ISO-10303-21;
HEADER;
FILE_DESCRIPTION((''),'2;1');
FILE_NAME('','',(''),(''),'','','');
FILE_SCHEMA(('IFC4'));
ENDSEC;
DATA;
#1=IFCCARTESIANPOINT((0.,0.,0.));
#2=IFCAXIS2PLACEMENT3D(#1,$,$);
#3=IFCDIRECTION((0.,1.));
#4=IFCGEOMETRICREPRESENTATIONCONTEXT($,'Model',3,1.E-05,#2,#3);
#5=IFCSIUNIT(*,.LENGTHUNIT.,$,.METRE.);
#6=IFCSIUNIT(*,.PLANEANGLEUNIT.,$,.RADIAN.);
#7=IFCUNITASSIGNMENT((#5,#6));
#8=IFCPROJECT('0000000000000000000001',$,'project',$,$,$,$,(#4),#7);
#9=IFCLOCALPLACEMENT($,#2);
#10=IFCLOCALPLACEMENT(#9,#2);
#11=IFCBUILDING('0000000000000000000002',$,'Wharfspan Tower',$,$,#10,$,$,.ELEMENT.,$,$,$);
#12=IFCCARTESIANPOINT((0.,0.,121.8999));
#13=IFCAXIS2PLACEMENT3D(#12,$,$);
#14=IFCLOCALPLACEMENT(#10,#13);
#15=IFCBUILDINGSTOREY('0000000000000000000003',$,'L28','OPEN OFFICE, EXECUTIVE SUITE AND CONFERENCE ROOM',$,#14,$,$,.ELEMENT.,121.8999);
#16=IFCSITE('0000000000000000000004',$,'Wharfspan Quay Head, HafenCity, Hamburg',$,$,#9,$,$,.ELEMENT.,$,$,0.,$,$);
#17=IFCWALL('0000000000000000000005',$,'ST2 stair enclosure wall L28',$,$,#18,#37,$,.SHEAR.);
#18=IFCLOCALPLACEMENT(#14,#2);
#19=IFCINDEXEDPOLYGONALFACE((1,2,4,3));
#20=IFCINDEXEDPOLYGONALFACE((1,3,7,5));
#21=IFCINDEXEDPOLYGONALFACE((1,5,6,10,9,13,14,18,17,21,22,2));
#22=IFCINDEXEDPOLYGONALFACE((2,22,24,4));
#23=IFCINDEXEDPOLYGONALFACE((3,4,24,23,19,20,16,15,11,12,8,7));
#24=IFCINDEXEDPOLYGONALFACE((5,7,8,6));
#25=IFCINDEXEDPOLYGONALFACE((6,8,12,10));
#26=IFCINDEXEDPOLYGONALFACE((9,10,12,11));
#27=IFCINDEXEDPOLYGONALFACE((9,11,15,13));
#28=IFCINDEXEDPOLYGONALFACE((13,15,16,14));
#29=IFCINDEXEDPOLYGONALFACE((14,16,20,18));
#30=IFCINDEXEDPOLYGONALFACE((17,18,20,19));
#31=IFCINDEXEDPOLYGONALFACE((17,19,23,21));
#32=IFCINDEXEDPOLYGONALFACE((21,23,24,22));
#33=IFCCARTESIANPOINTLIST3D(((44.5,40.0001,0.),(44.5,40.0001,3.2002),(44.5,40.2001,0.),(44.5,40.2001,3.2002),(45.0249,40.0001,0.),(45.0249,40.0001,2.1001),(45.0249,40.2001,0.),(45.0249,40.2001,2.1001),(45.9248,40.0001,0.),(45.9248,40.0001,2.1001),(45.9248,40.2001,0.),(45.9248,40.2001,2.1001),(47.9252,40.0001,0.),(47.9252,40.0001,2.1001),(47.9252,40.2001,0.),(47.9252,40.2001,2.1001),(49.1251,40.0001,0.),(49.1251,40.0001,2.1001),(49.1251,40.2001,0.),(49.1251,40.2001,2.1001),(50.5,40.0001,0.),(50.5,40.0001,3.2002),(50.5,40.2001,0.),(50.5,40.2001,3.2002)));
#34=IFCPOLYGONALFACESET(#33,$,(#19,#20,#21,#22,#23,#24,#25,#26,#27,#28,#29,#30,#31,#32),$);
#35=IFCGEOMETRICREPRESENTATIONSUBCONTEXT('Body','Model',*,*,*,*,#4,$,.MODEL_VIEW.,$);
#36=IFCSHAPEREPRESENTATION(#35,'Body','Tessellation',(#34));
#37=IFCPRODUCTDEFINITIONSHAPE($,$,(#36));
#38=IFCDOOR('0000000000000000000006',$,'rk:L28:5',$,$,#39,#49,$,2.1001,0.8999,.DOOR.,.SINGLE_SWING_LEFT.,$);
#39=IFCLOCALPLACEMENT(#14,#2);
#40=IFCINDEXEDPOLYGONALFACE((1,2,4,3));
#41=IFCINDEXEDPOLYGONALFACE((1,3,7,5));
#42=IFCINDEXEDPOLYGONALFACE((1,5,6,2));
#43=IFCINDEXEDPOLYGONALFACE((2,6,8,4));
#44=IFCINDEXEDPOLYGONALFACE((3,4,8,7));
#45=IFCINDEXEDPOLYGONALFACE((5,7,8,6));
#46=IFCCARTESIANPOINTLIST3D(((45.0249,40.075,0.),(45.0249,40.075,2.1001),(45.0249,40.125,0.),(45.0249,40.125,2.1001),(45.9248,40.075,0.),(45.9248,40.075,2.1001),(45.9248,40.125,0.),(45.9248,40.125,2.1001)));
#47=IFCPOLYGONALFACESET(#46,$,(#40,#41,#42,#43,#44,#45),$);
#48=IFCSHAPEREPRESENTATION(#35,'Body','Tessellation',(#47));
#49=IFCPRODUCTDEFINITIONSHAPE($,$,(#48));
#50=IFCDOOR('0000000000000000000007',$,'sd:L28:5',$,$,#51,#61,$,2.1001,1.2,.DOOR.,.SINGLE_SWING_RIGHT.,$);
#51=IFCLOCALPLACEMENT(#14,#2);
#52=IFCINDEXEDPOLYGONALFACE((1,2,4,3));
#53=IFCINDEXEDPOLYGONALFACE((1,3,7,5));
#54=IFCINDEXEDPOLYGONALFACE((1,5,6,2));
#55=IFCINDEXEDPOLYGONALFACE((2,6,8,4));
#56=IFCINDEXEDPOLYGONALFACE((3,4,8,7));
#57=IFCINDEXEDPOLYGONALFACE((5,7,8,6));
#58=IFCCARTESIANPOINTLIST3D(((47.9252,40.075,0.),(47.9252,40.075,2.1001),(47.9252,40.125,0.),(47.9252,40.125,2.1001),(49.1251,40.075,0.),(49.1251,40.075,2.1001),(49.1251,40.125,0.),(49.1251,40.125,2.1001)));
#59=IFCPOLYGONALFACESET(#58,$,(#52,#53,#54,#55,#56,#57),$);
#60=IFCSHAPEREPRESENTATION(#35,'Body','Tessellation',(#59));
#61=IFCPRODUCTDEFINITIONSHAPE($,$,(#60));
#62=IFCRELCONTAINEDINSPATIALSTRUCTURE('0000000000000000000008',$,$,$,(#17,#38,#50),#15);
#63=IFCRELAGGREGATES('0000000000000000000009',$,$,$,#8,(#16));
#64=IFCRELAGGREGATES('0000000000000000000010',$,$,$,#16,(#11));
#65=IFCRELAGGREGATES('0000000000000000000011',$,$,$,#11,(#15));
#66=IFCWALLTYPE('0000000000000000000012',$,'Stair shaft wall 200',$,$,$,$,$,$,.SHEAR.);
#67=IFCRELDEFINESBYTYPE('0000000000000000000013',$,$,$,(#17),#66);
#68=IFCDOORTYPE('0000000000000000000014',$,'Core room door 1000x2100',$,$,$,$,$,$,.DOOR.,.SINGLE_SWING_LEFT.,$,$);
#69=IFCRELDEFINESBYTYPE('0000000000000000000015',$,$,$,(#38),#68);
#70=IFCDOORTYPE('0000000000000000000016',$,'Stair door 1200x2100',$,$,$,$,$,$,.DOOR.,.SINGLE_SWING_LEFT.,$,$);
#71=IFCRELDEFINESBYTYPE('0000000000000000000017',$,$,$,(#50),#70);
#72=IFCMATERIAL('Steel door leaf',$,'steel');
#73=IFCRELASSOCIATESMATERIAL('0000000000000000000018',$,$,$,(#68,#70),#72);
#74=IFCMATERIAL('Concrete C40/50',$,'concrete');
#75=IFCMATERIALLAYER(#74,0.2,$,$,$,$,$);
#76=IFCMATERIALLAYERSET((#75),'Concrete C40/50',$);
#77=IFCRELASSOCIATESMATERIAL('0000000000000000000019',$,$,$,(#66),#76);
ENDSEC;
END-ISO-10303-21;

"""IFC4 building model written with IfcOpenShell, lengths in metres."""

from ifc_helpers import new_model, si_unit, direction, frame, frame_2d, origin, place, context, subcontext, project, spatial, rectangle, extrude, material, layer, layer_set, type_object, element, fill, save


model = new_model("IFC4")

# Units and contexts
model_context = context("Model", 3, precision=1e-05, world=origin(), true_north=direction((0.0, 1.0)))
body_context = subcontext(model_context, "Body", "Model", "MODEL_VIEW")
ifc_project = project(units=[si_unit("LENGTHUNIT", "METRE"), si_unit("PLANEANGLEUNIT", "RADIAN")], contexts=[model_context])

# Site, building, storey
site_placement = place(None, origin())
site = spatial("IfcSite", under=ifc_project, at=site_placement, Name="Wharfspan Quay Head, HafenCity, Hamburg", CompositionType="ELEMENT", RefElevation=0.0)
building_placement = place(site_placement, origin())
building = spatial("IfcBuilding", under=site, at=building_placement, Name="Wharfspan Tower", CompositionType="ELEMENT")
storey_placement = place(building_placement, frame((0.0, 0.0, 121.8999)))
storey = spatial("IfcBuildingStorey", under=building, at=storey_placement, Name="L28", Description="OPEN OFFICE, EXECUTIVE SUITE AND CONFERENCE ROOM", CompositionType="ELEMENT", Elevation=121.8999)

# Shared definitions
ifc_material_1 = material(Name="Steel door leaf", Category="steel")
door_type_1 = type_object("IfcDoorType", Name="Core room door 1000x2100", OperationType="SINGLE_SWING_LEFT", PredefinedType="DOOR", material=ifc_material_1)

# Wall, openings, doors
ifc_material_2 = material(Name="Concrete C40/50", Category="concrete")
ifc_layer_1 = layer(ifc_material_2, 0.2)
ifc_layer_set_1 = layer_set([ifc_layer_1], Name="Concrete C40/50")
wall_type_1 = type_object("IfcWallType", Name="Stair shaft wall 200", PredefinedType="SHEAR", material=ifc_layer_set_1)
wall_1_placement = place(storey_placement, frame((44.5, 40.1001, 0.0), z_axis=(0.0, 0.0, 1.0), x_axis=(1.0, 0.0, 0.0)))
wall_1 = element("IfcWall", 1, at=wall_1_placement, inside=storey, type_object=wall_type_1, Name="ST2 stair enclosure wall L28", PredefinedType="SHEAR", context=body_context, shape_type="SweptSolid", body=[
    extrude(rectangle(XDim=6.0, YDim=0.2, at=frame_2d((3.0, 0.0))), origin(), (0.0, 0.0, 1.0), 3.2002),
])
opening_1_placement = place(wall_1_placement, frame((3.425, 0.0, 0.0)))
opening_1 = element("IfcOpeningElement", 2, at=opening_1_placement, cuts=wall_1, PredefinedType="OPENING", context=body_context, shape_type="SweptSolid", body=[
    extrude(rectangle(XDim=1.2, YDim=2.1001, at=frame_2d((0.6001, 1.05))), frame((0.0, 0.1099, 0.0), z_axis=(0.0, -1.0, 0.0), x_axis=(1.0, 0.0, 0.0)), (0.0, 0.0, 1.0), 0.22),
])
opening_2_placement = place(wall_1_placement, frame((0.5249, 0.0, 0.0)))
opening_2 = element("IfcOpeningElement", 3, at=opening_2_placement, cuts=wall_1, PredefinedType="OPENING", context=body_context, shape_type="SweptSolid", body=[
    extrude(rectangle(XDim=0.8999, YDim=2.1001, at=frame_2d((0.45, 1.05))), frame((0.0, 0.1099, 0.0), z_axis=(0.0, -1.0, 0.0), x_axis=(1.0, 0.0, 0.0)), (0.0, 0.0, 1.0), 0.22),
])
door_1_placement = place(opening_2_placement, origin())
door_1 = element("IfcDoor", 4, at=door_1_placement, inside=storey, type_object=door_type_1, Name="rk:L28:5", OperationType="SINGLE_SWING_LEFT", OverallHeight=2.1001, OverallWidth=0.8999, PredefinedType="DOOR", context=body_context, shape_type="SweptSolid", body=[
    extrude(rectangle(XDim=0.8999, YDim=2.1001, at=frame_2d((0.45, 1.05))), frame((0.0, 0.0249, 0.0), z_axis=(0.0, -1.0, 0.0), x_axis=(1.0, 0.0, 0.0)), (0.0, 0.0, 1.0), 0.05),
])
fill(opening_2, door_1)
door_type_2 = type_object("IfcDoorType", Name="Stair door 1200x2100", OperationType="SINGLE_SWING_LEFT", PredefinedType="DOOR", material=ifc_material_1)
door_2_placement = place(opening_1_placement, origin())
door_2 = element("IfcDoor", 5, at=door_2_placement, inside=storey, type_object=door_type_2, Name="sd:L28:5", OperationType="SINGLE_SWING_RIGHT", OverallHeight=2.1001, OverallWidth=1.2, PredefinedType="DOOR", context=body_context, shape_type="SweptSolid", body=[
    extrude(rectangle(XDim=1.2, YDim=2.1001, at=frame_2d((0.6001, 1.05))), frame((0.0, 0.0249, 0.0), z_axis=(0.0, -1.0, 0.0), x_axis=(1.0, 0.0, 0.0)), (0.0, 0.0, 1.0), 0.05),
])
fill(opening_1, door_2)

save(model, "model.ifc")
